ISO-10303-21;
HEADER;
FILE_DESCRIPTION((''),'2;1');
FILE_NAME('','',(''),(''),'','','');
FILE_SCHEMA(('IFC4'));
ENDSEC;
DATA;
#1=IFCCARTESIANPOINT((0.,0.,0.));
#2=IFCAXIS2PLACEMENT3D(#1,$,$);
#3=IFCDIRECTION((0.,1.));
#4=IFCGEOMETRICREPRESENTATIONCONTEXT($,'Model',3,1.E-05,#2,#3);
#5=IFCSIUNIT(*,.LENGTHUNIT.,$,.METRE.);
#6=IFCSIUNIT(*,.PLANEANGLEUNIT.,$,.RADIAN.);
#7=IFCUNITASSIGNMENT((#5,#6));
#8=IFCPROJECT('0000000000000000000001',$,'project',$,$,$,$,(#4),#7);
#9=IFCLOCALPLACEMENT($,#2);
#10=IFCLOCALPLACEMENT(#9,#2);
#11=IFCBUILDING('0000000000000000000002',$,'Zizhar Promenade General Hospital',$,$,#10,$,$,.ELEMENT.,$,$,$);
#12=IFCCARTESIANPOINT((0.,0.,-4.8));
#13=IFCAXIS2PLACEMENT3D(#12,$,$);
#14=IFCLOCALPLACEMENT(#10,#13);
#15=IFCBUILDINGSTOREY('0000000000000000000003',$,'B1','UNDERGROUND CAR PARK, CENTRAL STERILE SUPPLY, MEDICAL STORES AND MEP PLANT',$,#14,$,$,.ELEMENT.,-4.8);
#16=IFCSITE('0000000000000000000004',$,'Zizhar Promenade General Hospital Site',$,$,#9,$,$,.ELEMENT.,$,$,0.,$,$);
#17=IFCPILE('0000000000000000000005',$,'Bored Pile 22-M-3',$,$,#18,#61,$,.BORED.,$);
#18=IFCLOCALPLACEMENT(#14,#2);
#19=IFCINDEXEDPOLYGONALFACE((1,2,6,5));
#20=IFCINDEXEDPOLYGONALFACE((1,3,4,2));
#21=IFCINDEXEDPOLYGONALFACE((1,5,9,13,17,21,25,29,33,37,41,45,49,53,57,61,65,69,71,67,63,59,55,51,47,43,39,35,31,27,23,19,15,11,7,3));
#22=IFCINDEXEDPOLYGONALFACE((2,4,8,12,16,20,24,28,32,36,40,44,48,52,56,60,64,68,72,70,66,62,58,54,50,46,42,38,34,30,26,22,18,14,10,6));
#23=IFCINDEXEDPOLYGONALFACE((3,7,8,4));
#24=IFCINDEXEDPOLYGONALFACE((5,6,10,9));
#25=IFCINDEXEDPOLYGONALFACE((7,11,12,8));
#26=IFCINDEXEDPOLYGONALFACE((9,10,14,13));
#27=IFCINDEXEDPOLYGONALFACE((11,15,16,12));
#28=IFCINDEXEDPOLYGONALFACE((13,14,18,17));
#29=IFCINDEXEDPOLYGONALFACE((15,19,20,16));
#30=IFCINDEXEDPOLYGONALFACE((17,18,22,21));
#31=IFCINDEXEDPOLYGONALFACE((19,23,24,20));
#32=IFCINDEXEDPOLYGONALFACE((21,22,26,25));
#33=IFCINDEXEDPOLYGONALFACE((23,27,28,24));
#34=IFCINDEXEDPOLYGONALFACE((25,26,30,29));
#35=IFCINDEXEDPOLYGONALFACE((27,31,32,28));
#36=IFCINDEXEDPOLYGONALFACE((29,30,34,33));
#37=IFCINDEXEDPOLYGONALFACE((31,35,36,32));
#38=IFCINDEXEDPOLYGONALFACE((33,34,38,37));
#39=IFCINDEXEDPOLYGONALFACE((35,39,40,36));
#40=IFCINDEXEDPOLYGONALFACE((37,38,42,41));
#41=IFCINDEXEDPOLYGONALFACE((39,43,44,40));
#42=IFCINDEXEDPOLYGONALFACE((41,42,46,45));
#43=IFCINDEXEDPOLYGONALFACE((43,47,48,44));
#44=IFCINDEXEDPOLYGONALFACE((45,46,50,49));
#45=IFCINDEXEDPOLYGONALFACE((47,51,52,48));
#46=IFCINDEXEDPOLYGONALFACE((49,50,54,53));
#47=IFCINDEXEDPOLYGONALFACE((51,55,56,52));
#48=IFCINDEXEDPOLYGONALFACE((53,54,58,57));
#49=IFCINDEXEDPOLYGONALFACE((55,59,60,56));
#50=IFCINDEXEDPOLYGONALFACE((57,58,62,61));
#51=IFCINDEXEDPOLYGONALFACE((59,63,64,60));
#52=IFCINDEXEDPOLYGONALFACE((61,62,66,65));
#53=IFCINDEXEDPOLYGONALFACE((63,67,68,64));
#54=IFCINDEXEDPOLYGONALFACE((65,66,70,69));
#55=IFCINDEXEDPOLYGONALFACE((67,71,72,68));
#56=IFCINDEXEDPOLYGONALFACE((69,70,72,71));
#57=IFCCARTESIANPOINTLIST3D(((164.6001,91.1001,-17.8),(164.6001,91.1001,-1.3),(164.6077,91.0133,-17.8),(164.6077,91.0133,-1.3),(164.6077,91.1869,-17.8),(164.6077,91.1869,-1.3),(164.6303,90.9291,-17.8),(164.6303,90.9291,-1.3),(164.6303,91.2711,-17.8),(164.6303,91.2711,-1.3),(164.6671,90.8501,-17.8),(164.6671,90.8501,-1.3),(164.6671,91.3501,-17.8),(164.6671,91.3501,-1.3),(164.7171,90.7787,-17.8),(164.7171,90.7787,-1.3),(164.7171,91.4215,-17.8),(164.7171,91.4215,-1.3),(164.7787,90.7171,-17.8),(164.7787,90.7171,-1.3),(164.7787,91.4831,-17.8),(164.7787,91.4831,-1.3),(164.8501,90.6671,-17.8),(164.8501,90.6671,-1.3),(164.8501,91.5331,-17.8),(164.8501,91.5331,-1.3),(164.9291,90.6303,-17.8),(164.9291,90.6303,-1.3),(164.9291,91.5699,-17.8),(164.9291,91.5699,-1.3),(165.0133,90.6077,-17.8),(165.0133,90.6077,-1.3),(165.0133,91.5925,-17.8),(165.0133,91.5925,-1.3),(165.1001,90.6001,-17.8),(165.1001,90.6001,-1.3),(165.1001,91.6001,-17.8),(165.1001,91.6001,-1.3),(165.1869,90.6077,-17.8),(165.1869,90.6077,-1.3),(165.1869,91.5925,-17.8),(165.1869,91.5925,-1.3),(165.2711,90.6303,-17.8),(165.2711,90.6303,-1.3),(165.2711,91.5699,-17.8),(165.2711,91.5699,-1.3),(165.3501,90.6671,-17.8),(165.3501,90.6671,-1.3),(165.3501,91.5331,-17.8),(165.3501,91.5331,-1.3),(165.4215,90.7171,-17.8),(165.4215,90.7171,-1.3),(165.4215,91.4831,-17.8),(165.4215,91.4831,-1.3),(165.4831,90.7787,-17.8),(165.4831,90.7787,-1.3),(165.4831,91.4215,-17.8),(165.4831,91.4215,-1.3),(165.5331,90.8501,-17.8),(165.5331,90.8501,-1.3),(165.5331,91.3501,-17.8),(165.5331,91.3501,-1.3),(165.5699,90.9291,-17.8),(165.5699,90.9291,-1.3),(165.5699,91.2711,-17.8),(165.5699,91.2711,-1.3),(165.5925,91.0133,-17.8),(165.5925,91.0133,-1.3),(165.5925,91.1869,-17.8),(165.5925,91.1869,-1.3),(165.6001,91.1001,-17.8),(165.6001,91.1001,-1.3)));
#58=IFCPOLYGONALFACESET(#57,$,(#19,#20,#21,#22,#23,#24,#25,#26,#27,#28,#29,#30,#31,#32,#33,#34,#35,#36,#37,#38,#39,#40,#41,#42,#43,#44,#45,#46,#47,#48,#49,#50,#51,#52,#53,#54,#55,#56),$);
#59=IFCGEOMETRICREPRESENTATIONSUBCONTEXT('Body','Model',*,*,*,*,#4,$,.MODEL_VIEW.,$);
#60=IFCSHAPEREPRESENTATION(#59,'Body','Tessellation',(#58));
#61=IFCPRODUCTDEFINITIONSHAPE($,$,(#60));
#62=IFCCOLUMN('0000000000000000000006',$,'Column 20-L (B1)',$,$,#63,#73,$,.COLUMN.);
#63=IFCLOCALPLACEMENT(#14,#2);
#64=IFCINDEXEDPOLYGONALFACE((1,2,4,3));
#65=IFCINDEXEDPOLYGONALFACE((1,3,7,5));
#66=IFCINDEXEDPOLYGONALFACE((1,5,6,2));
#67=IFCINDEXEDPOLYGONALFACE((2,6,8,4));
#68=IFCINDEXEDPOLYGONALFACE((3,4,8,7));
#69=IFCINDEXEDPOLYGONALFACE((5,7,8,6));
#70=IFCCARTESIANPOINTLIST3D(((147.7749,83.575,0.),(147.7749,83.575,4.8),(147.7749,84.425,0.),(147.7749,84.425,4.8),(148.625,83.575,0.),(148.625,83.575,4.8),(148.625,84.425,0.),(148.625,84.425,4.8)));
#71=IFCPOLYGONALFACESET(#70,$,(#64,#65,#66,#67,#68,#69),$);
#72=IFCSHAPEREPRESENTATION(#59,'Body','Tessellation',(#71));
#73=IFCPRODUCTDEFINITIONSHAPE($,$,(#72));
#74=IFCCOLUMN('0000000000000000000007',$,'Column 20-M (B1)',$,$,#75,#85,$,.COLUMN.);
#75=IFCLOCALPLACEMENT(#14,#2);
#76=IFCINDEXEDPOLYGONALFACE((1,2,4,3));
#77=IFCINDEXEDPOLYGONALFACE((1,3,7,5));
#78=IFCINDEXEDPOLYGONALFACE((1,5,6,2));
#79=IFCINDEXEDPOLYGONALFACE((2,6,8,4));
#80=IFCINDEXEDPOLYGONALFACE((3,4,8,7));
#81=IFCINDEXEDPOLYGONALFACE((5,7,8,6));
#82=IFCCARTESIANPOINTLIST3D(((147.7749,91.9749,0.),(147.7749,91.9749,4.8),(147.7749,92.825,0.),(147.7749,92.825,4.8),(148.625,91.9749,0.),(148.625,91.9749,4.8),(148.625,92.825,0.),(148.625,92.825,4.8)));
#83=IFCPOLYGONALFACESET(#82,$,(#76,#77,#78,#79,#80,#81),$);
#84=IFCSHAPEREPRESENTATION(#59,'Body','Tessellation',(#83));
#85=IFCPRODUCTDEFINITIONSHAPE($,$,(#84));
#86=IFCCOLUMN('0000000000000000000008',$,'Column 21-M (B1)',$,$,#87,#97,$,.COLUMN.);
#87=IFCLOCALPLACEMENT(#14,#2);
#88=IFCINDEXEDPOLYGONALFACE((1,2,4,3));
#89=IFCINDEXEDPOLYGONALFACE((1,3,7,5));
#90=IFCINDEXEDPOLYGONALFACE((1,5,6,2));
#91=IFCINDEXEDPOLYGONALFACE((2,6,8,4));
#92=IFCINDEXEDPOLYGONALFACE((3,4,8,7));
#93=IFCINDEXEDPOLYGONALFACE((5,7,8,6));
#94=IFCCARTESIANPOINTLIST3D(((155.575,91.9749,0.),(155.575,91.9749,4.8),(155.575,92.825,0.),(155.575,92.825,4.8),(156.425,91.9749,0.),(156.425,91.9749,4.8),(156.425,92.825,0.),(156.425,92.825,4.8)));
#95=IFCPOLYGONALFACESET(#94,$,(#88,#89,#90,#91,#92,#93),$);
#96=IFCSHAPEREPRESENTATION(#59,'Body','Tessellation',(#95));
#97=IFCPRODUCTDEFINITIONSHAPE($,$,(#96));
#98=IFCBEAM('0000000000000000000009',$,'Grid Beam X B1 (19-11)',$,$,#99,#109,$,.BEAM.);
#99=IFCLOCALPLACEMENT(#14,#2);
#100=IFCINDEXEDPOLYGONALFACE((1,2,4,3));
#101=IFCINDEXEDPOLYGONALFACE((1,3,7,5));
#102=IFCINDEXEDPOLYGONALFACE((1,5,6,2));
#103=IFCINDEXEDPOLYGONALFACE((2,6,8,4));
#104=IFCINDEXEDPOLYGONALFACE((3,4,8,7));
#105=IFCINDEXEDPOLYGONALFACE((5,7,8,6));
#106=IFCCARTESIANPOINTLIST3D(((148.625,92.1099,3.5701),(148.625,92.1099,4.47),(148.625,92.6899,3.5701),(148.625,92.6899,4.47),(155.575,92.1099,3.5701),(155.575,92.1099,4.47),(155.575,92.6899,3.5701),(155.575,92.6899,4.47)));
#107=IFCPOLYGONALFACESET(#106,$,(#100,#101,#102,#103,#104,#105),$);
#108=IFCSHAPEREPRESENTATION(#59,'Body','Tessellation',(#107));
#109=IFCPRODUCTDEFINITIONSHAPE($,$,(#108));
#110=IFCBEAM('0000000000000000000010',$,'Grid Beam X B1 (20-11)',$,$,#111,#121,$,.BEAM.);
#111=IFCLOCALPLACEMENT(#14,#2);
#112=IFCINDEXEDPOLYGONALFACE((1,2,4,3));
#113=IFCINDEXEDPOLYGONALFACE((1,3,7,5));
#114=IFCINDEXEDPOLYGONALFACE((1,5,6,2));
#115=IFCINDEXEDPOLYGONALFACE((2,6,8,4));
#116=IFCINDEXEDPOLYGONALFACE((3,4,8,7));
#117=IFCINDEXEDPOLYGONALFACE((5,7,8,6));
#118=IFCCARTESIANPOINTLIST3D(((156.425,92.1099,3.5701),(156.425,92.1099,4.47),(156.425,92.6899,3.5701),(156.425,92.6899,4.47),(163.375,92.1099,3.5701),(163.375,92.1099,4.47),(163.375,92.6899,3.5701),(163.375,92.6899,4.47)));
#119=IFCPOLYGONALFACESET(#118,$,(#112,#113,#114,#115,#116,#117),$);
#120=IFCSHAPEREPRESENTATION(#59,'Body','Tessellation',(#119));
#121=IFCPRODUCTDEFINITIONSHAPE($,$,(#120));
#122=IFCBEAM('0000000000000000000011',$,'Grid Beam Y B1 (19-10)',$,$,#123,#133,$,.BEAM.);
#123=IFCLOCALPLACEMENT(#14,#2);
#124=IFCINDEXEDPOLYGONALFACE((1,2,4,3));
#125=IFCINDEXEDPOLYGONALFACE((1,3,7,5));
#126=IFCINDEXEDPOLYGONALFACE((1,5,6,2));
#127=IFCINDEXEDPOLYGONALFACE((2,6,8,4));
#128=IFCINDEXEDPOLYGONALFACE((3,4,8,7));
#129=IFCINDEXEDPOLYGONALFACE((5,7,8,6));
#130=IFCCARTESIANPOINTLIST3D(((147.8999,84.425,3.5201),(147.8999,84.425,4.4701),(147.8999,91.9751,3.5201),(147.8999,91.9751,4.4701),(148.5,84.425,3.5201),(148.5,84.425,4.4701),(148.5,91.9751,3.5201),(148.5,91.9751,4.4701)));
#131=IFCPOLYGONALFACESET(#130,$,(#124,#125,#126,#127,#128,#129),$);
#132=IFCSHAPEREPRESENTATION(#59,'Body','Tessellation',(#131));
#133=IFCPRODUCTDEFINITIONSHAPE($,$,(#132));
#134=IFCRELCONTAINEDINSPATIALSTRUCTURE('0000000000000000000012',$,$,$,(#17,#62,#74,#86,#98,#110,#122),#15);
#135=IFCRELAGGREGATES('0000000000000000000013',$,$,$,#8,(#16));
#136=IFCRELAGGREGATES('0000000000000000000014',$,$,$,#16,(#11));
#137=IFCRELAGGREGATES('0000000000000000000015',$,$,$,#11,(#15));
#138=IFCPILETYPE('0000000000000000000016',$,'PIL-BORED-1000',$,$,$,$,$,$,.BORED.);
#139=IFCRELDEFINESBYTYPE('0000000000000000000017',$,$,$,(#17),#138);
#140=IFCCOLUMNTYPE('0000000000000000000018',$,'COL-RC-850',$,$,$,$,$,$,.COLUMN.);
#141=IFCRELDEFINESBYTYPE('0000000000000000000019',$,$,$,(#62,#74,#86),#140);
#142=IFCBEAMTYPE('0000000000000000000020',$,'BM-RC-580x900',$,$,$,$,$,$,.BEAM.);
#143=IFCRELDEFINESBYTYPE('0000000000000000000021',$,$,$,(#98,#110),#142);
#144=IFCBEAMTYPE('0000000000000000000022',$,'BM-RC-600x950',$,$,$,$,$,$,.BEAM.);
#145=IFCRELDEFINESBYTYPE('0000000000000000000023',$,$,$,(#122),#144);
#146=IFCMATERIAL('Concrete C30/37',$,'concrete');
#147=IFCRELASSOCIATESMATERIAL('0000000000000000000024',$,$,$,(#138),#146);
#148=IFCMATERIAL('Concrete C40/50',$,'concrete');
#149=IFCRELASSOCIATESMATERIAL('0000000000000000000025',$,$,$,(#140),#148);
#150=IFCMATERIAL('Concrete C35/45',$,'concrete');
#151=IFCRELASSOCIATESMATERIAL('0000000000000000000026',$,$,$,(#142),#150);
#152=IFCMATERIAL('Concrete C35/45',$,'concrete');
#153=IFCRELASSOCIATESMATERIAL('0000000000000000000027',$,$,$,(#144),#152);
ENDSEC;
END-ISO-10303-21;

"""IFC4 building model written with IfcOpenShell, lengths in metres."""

from ifc_helpers import new_model, si_unit, direction, frame, origin, origin_2d, place, context, subcontext, project, spatial, rectangle, circle, extrude, material, material_profile, profile_set, type_object, element, save


model = new_model("IFC4")

# Units and contexts
model_context = context("Model", 3, precision=1e-05, world=origin(), true_north=direction((0.0, 1.0)))
body_context = subcontext(model_context, "Body", "Model", "MODEL_VIEW")
ifc_project = project(units=[si_unit("LENGTHUNIT", "METRE"), si_unit("PLANEANGLEUNIT", "RADIAN")], contexts=[model_context])

# Site, building, storey
site_placement = place(None, origin())
site = spatial("IfcSite", under=ifc_project, at=site_placement, Name="Zizhar Promenade General Hospital Site", CompositionType="ELEMENT", RefElevation=0.0)
building_placement = place(site_placement, origin())
building = spatial("IfcBuilding", under=site, at=building_placement, Name="Zizhar Promenade General Hospital", CompositionType="ELEMENT")
storey_placement = place(building_placement, frame((0.0, 0.0, -4.8)))
storey = spatial("IfcBuildingStorey", under=building, at=storey_placement, Name="B1", Description="UNDERGROUND CAR PARK, CENTRAL STERILE SUPPLY, MEDICAL STORES AND MEP PLANT", CompositionType="ELEMENT", Elevation=-4.8)

# Pile
ifc_material_1 = material(Name="Concrete C30/37", Category="concrete")
ifc_material_profile_1 = material_profile(ifc_material_1, circle(Radius=0.5, at=origin_2d()))
ifc_profile_set_1 = profile_set([ifc_material_profile_1], Name="Concrete C30/37")
pile_type = type_object("IfcPileType", Name="PIL-BORED-1000", PredefinedType="BORED", material=ifc_profile_set_1)
for number, where, z_axis, x_axis, name in (
    (1, (165.1001, 91.1001, -1.3), (0.0, 0.0, -1.0), (1.0, 0.0, 0.0), "Bored Pile 22-M-3"),
):
    element("IfcPile", number, at=place(storey_placement, frame(where, z_axis=z_axis, x_axis=x_axis)), inside=storey, type_object=pile_type, Name=name, PredefinedType="BORED", context=body_context, shape_type="SweptSolid", body=[
        extrude(circle(Radius=0.5, at=origin_2d()), origin(), (0.0, 0.0, 1.0), 16.5),
    ])

# Columns
ifc_material_2 = material(Name="Concrete C40/50", Category="concrete")
ifc_material_profile_2 = material_profile(ifc_material_2, rectangle(XDim=0.8501, YDim=0.8501, at=origin_2d()))
ifc_profile_set_2 = profile_set([ifc_material_profile_2], Name="Concrete C40/50")
column_type = type_object("IfcColumnType", Name="COL-RC-850", PredefinedType="COLUMN", material=ifc_profile_set_2)
for number, where, z_axis, x_axis, name in (
    (2, (148.2, 84.0, 0.0), (0.0, 0.0, 1.0), (1.0, 0.0, 0.0), "Column 20-L (B1)"),
    (3, (148.2, 92.3999, 0.0), (0.0, 0.0, 1.0), (1.0, 0.0, 0.0), "Column 20-M (B1)"),
    (4, (156.0, 92.3999, 0.0), (0.0, 0.0, 1.0), (1.0, 0.0, 0.0), "Column 21-M (B1)"),
):
    element("IfcColumn", number, at=place(storey_placement, frame(where, z_axis=z_axis, x_axis=x_axis)), inside=storey, type_object=column_type, Name=name, PredefinedType="COLUMN", context=body_context, shape_type="SweptSolid", body=[
        extrude(rectangle(XDim=0.8501, YDim=0.8501, at=origin_2d()), origin(), (0.0, 0.0, 1.0), 4.8),
    ])

# Beams
ifc_material_3 = material(Name="Concrete C35/45", Category="concrete")
ifc_material_profile_3 = material_profile(ifc_material_3, rectangle(XDim=0.5801, YDim=0.8999, at=origin_2d()))
ifc_profile_set_3 = profile_set([ifc_material_profile_3], Name="Concrete C35/45")
beam_type_1 = type_object("IfcBeamType", Name="BM-RC-580x900", PredefinedType="BEAM", material=ifc_profile_set_3)
for number, where, z_axis, x_axis, name in (
    (5, (148.625, 92.3999, 4.02), (1.0, 0.0, 0.0), (0.0, 1.0, 0.0), "Grid Beam X B1 (19-11)"),
    (6, (156.425, 92.3999, 4.02), (1.0, 0.0, 0.0), (0.0, 1.0, 0.0), "Grid Beam X B1 (20-11)"),
):
    element("IfcBeam", number, at=place(storey_placement, frame(where, z_axis=z_axis, x_axis=x_axis)), inside=storey, type_object=beam_type_1, Name=name, PredefinedType="BEAM", context=body_context, shape_type="SweptSolid", body=[
        extrude(rectangle(XDim=0.5801, YDim=0.8999, at=origin_2d()), origin(), (0.0, 0.0, 1.0), 6.95),
    ])
ifc_material_4 = material(Name="Concrete C35/45", Category="concrete")
ifc_material_profile_4 = material_profile(ifc_material_4, rectangle(XDim=0.6001, YDim=0.95, at=origin_2d()))
ifc_profile_set_4 = profile_set([ifc_material_profile_4], Name="Concrete C35/45")
beam_type_2 = type_object("IfcBeamType", Name="BM-RC-600x950", PredefinedType="BEAM", material=ifc_profile_set_4)
beam_placement = place(storey_placement, frame((148.2, 84.425, 3.9951), z_axis=(0.0, 1.0, 0.0), x_axis=(-1.0, 0.0, 0.0)))
element("IfcBeam", 7, at=beam_placement, inside=storey, type_object=beam_type_2, Name="Grid Beam Y B1 (19-10)", PredefinedType="BEAM", context=body_context, shape_type="SweptSolid", body=[
    extrude(rectangle(XDim=0.6001, YDim=0.95, at=origin_2d()), origin(), (0.0, 0.0, 1.0), 7.55),
])

save(model, "model.ifc")
